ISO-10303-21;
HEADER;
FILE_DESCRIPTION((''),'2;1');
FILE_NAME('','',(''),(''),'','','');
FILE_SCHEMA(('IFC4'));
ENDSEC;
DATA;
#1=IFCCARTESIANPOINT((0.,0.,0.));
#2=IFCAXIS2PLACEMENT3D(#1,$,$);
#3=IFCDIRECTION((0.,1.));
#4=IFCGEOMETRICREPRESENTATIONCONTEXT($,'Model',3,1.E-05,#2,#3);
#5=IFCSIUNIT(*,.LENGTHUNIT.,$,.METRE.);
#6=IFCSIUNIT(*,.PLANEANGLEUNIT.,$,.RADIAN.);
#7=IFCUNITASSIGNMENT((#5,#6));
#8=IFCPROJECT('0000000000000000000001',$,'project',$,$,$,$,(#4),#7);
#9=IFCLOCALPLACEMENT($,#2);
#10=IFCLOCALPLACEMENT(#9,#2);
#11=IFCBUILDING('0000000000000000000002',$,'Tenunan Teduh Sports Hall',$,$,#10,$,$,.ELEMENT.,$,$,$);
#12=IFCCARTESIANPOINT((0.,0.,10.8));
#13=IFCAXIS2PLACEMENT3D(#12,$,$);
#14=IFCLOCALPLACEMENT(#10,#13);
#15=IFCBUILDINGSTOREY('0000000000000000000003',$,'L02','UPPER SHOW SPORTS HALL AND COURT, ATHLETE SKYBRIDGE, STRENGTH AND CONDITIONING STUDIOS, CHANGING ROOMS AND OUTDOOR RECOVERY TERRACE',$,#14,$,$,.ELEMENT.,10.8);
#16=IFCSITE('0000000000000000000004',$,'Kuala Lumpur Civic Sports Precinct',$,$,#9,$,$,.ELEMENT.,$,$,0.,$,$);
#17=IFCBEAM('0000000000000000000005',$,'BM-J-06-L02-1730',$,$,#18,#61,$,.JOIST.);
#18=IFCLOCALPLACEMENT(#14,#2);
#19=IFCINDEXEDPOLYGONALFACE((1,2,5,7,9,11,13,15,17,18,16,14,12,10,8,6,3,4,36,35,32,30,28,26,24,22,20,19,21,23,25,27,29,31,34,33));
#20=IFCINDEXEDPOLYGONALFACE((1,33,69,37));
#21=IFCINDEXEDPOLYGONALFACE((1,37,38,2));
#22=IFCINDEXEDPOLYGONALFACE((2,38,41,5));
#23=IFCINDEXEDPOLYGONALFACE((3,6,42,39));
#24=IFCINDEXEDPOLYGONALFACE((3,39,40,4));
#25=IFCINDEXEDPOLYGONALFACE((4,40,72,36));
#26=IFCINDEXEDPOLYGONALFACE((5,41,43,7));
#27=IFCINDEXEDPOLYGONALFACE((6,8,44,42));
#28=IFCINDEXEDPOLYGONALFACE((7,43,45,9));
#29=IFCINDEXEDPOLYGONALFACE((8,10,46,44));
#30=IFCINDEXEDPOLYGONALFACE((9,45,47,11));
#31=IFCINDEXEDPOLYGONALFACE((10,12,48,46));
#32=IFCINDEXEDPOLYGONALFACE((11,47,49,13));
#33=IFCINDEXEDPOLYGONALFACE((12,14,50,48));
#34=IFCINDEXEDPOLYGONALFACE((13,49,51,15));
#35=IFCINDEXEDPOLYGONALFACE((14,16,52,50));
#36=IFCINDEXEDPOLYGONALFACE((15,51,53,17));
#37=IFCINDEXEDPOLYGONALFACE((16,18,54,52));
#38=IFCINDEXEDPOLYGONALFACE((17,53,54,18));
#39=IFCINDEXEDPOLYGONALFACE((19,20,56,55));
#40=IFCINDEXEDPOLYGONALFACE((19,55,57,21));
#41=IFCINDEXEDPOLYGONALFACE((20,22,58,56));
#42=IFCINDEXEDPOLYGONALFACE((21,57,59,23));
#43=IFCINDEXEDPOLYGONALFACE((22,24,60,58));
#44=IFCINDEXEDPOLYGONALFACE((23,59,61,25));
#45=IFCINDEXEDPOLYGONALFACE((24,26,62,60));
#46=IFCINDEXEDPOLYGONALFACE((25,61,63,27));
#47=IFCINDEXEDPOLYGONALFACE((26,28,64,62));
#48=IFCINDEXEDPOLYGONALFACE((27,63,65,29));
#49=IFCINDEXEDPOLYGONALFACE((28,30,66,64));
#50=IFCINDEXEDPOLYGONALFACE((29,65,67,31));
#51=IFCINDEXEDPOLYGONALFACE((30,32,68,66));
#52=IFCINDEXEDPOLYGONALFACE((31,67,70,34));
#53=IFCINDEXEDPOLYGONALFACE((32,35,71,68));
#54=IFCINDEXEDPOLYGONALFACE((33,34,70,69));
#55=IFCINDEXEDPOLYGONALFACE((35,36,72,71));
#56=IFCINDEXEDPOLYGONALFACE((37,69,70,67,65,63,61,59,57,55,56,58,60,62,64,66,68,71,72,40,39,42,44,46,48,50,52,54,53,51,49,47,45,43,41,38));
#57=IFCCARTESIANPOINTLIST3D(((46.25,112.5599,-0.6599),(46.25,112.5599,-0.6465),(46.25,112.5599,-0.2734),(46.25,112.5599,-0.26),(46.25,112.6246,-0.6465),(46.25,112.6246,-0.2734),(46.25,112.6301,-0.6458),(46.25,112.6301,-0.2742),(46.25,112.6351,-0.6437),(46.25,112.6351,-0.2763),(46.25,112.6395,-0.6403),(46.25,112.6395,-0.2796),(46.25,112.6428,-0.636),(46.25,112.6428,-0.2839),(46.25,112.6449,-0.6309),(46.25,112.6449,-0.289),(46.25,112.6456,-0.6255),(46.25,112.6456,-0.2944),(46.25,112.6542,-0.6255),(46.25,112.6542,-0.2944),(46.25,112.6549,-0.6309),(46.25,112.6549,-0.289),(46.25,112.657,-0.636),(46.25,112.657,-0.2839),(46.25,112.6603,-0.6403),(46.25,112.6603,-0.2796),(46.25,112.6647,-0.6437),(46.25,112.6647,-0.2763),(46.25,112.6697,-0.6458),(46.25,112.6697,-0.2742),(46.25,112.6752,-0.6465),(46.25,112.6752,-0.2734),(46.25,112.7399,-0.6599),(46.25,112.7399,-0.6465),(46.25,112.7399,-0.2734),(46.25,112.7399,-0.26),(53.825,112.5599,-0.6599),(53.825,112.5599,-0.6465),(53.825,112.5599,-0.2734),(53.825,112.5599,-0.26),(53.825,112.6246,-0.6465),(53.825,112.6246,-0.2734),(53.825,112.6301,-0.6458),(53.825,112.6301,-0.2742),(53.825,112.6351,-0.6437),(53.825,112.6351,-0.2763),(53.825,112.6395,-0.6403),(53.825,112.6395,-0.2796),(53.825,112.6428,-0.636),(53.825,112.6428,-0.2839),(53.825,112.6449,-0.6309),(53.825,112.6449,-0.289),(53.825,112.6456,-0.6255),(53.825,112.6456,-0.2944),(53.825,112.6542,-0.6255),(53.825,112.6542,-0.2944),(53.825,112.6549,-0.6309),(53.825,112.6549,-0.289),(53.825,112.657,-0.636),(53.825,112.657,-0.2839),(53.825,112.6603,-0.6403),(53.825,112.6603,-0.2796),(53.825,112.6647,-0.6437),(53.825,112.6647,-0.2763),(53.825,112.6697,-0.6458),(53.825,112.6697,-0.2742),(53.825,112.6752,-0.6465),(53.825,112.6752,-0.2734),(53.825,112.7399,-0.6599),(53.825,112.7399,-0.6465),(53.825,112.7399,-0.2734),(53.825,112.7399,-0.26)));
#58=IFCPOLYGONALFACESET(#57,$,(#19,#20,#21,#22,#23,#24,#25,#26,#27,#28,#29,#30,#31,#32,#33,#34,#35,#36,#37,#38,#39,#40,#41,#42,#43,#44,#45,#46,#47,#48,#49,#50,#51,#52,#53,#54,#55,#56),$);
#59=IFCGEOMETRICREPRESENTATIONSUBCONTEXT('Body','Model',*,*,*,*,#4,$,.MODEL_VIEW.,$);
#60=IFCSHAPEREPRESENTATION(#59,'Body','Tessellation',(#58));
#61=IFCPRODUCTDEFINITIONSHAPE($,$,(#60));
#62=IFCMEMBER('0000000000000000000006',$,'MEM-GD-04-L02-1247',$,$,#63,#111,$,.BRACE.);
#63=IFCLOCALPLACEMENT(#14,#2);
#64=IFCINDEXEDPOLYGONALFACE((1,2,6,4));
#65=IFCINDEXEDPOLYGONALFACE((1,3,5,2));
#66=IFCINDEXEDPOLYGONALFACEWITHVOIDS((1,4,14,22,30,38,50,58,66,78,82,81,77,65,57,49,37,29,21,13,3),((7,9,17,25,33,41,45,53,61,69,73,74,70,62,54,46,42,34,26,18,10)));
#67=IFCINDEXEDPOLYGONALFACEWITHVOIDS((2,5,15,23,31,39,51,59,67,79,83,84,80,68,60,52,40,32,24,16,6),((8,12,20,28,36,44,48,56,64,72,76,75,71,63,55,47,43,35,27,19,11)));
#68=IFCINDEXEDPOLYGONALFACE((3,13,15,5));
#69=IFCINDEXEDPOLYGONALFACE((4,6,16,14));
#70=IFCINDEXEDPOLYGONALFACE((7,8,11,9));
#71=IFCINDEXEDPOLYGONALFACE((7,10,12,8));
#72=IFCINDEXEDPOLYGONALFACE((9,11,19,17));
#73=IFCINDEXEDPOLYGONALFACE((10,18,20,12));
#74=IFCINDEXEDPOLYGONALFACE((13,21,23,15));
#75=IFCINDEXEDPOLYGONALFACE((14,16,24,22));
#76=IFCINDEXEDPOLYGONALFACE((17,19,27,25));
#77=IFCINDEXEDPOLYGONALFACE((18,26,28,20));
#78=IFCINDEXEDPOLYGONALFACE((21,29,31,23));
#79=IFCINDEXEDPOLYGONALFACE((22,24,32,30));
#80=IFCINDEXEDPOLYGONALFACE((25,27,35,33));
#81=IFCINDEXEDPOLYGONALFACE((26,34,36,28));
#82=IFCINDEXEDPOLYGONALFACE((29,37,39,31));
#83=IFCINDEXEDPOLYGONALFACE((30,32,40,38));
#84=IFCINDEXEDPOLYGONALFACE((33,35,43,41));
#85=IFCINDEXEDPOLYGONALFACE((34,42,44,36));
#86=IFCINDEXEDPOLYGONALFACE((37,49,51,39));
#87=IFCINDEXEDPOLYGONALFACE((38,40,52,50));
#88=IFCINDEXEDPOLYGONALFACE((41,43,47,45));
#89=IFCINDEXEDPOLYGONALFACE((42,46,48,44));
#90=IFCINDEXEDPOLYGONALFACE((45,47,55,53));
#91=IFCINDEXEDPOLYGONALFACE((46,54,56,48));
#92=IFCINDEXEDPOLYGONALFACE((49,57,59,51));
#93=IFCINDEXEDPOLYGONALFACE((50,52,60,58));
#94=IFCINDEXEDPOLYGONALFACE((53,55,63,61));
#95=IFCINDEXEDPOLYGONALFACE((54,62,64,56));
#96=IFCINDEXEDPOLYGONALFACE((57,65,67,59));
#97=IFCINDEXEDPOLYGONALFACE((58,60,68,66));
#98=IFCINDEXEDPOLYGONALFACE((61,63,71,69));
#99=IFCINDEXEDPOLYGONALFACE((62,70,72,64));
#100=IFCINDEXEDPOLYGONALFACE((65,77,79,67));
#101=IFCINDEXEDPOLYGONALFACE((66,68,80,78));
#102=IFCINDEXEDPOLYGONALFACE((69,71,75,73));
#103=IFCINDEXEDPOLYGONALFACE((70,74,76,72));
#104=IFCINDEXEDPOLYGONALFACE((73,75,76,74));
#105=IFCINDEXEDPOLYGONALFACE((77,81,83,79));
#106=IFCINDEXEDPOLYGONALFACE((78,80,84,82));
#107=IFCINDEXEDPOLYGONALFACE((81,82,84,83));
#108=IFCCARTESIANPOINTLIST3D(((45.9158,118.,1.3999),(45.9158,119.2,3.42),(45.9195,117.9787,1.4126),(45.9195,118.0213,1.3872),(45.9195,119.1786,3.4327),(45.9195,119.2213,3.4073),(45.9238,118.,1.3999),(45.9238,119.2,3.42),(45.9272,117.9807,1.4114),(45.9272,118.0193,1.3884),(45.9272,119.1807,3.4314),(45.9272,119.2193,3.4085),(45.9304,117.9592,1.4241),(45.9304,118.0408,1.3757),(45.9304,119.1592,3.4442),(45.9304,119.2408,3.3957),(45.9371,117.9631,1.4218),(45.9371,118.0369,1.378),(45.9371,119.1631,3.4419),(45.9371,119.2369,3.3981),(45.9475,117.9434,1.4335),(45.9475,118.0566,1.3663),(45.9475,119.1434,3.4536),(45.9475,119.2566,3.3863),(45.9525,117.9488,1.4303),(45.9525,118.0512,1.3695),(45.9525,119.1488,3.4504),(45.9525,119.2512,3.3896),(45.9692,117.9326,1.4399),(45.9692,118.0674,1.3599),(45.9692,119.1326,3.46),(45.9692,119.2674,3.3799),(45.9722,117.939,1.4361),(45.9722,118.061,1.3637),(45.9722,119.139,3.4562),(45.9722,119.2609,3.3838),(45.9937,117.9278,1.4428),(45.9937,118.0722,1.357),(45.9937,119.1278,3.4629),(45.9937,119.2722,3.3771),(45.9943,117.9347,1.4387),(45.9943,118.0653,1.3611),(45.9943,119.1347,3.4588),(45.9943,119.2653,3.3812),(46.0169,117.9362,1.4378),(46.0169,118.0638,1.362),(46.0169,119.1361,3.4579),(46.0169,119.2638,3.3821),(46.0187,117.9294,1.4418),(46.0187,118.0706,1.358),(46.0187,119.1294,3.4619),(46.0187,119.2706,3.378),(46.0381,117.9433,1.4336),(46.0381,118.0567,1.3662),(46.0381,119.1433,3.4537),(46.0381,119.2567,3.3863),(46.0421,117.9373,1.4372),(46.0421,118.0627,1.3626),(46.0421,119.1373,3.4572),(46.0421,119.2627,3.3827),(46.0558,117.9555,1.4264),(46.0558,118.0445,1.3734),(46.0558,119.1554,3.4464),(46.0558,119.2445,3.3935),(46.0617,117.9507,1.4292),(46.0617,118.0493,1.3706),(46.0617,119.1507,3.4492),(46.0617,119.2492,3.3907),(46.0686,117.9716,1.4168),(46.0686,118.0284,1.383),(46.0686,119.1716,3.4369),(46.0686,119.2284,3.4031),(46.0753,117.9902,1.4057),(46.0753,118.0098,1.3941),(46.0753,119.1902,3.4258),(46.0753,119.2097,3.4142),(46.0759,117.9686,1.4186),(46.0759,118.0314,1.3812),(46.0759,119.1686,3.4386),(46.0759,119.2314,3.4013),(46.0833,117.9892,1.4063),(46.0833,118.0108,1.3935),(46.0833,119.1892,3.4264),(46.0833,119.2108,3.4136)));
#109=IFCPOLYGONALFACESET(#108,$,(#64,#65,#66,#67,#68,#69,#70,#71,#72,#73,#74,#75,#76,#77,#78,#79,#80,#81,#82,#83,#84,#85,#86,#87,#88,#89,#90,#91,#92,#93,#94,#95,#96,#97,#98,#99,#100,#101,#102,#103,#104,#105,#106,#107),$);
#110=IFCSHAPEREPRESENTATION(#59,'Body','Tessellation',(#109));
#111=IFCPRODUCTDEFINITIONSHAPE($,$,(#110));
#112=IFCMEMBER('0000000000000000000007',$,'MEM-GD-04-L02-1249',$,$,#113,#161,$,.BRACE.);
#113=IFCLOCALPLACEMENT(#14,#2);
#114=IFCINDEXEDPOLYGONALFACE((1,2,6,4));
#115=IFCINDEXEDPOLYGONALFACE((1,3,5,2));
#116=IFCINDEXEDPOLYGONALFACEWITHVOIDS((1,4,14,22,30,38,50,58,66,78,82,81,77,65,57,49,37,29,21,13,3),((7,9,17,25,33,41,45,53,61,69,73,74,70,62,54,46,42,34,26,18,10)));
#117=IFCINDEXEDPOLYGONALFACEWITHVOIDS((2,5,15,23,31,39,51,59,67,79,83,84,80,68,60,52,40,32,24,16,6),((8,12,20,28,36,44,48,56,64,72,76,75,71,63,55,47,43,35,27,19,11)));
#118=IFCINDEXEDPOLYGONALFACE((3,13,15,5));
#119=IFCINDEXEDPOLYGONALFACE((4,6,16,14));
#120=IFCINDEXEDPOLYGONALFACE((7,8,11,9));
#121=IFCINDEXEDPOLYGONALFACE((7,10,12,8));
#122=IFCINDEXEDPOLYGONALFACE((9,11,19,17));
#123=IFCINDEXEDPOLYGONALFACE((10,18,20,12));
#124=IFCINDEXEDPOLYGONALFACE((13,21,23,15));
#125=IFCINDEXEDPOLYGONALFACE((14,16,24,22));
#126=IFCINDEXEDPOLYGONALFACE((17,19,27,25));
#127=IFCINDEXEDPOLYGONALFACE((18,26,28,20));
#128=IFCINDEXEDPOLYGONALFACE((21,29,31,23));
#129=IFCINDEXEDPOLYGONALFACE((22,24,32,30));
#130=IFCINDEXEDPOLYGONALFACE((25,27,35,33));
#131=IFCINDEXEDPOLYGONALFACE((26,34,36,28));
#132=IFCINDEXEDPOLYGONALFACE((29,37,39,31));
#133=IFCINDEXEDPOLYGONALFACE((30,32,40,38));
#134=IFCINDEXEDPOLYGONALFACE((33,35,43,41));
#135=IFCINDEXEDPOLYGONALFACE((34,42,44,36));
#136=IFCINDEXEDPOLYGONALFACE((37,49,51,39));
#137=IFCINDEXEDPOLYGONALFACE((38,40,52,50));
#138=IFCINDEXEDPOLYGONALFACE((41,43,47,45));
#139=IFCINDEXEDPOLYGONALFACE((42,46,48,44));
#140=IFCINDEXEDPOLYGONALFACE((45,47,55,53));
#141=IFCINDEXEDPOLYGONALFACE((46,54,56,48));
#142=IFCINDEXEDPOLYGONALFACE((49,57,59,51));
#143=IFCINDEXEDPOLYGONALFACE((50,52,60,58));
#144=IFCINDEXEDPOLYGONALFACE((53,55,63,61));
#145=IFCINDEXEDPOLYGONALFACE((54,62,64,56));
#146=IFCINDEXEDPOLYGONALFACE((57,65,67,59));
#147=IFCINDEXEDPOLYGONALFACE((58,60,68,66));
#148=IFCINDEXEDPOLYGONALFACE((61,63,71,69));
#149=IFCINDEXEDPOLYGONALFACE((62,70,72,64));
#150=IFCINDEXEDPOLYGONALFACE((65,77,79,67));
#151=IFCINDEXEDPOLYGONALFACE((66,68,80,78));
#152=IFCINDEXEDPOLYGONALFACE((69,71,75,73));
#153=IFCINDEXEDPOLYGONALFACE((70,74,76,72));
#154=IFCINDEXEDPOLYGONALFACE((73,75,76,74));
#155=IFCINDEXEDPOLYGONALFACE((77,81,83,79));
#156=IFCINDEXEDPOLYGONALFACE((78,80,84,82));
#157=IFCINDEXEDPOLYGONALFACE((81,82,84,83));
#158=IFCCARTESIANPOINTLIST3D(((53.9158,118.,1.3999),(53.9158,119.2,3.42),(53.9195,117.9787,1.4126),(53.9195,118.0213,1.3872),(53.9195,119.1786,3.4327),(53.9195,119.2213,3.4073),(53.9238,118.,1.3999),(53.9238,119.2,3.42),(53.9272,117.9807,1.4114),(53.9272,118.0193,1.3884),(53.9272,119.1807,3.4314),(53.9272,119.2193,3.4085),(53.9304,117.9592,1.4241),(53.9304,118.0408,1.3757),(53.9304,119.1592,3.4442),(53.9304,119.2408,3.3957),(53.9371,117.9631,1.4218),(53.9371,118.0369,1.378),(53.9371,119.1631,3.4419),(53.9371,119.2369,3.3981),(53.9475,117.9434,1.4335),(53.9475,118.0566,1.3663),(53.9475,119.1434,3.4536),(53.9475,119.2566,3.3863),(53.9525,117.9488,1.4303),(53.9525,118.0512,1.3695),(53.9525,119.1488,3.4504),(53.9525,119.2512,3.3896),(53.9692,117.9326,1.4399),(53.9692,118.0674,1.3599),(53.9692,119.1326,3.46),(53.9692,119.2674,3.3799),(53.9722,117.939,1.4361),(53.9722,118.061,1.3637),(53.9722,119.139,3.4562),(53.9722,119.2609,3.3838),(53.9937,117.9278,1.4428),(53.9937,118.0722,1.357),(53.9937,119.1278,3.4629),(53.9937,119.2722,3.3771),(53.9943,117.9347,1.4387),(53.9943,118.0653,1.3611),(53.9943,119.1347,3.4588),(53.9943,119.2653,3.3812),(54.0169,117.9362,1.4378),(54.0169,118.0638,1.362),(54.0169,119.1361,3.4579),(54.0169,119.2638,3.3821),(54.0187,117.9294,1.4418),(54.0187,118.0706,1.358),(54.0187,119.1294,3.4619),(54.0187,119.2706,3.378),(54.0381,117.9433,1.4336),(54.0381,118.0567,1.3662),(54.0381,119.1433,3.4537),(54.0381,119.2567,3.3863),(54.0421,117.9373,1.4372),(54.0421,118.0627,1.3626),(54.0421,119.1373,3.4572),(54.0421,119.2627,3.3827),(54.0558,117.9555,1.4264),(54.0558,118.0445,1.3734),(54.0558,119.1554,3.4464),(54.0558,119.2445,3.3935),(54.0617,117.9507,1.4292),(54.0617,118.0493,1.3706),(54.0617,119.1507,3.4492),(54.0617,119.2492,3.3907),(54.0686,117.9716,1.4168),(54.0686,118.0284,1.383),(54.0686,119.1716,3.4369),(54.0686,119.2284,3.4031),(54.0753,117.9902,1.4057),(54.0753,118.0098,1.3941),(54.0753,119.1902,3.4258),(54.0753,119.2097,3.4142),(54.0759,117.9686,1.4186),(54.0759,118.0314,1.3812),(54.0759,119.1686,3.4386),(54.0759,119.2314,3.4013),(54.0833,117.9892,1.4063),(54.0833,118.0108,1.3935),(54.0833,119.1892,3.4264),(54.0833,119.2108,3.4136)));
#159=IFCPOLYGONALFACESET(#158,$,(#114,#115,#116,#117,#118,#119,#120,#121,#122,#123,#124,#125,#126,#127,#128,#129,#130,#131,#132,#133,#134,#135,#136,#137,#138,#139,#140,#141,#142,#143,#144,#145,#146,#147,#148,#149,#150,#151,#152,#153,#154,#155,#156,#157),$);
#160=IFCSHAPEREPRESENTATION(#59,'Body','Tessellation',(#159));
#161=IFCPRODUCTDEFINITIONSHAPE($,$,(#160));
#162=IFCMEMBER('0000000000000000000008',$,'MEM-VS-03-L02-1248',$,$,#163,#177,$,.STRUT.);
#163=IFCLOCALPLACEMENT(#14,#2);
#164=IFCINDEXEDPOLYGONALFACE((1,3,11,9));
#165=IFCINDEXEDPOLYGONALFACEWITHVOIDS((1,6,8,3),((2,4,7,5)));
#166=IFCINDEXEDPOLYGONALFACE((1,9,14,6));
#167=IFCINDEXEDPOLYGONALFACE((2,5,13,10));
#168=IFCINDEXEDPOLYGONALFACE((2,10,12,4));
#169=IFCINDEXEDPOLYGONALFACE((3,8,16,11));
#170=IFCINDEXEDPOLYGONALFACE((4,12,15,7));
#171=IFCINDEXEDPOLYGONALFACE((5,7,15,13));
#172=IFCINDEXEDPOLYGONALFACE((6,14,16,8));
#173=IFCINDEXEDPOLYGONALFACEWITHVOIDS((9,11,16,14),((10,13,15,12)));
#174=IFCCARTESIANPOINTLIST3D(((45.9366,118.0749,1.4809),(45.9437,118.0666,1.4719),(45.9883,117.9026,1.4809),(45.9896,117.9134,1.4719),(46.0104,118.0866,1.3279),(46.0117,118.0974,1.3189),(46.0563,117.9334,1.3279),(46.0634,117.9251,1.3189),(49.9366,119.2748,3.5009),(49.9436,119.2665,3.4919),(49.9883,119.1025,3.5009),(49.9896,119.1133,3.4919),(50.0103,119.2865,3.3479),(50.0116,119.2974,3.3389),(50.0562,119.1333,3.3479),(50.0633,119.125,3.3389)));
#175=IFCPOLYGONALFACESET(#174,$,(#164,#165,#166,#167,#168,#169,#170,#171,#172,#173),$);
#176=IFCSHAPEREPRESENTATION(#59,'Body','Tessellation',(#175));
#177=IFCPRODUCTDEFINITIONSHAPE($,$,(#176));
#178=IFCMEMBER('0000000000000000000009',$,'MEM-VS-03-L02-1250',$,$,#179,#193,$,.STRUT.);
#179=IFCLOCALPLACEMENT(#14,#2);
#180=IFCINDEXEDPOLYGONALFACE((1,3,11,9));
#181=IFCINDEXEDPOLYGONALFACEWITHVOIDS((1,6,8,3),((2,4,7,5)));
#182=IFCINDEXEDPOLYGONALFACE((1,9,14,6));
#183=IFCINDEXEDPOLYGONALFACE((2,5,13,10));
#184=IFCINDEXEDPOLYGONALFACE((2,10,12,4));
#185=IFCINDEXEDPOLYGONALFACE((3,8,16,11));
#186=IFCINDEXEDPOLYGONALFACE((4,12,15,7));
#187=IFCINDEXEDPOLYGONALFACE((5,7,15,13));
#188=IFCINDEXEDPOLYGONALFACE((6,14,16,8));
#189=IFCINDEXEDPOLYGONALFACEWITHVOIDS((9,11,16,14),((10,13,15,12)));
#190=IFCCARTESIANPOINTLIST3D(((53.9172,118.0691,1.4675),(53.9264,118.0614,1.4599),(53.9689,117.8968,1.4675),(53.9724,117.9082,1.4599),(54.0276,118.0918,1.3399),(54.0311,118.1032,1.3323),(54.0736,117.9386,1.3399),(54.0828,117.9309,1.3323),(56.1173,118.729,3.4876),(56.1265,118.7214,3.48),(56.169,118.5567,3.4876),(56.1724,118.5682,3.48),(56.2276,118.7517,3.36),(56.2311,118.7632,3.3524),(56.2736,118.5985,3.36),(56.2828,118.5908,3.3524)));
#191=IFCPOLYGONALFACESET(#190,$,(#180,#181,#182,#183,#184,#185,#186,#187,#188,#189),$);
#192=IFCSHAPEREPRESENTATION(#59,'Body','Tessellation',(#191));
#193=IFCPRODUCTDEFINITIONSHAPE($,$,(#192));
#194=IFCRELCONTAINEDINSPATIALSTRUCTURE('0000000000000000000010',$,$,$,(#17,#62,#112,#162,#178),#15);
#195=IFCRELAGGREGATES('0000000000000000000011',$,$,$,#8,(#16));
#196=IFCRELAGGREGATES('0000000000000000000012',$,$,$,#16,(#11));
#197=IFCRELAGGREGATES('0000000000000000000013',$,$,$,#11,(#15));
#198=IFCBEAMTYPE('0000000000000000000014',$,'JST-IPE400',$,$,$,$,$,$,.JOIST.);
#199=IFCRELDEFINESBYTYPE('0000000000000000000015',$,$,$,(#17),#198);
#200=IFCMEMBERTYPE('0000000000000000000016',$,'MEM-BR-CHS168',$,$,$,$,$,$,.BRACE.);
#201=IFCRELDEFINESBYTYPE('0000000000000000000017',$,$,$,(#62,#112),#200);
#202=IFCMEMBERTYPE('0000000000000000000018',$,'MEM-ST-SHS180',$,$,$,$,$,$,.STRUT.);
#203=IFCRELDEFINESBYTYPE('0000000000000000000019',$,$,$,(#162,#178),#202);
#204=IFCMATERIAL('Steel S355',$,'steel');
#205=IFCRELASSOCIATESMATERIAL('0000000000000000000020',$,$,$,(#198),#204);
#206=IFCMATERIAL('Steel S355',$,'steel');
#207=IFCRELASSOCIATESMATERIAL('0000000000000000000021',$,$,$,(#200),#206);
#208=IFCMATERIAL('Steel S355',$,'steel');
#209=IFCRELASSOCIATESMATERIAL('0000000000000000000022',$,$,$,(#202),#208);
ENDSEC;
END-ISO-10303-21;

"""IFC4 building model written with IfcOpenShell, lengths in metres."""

from ifc_helpers import new_model, si_unit, direction, frame, origin, origin_2d, place, context, subcontext, project, spatial, hollow_rectangle, hollow_circle, i_section, extrude, material, material_profile, profile_set, type_object, element, save


model = new_model("IFC4")

# Units and contexts
model_context = context("Model", 3, precision=1e-05, world=origin(), true_north=direction((0.0, 1.0)))
body_context = subcontext(model_context, "Body", "Model", "MODEL_VIEW")
ifc_project = project(units=[si_unit("LENGTHUNIT", "METRE"), si_unit("PLANEANGLEUNIT", "RADIAN")], contexts=[model_context])

# Site, building, storey
site_placement = place(None, origin())
site = spatial("IfcSite", under=ifc_project, at=site_placement, Name="Kuala Lumpur Civic Sports Precinct", CompositionType="ELEMENT", RefElevation=0.0)
building_placement = place(site_placement, origin())
building = spatial("IfcBuilding", under=site, at=building_placement, Name="Tenunan Teduh Sports Hall", CompositionType="ELEMENT")
storey_placement = place(building_placement, frame((0.0, 0.0, 10.8)))
storey = spatial("IfcBuildingStorey", under=building, at=storey_placement, Name="L02", Description="UPPER SHOW SPORTS HALL AND COURT, ATHLETE SKYBRIDGE, STRENGTH AND CONDITIONING STUDIOS, CHANGING ROOMS AND OUTDOOR RECOVERY TERRACE", CompositionType="ELEMENT", Elevation=10.8)

# Beam
ifc_material_1 = material(Name="Steel S355", Category="steel")
ifc_material_profile_1 = material_profile(ifc_material_1, i_section(OverallWidth=0.1799, OverallDepth=0.3999, WebThickness=0.0085, FlangeThickness=0.0134, FilletRadius=0.021, at=origin_2d()), Name="IPE 400")
ifc_profile_set_1 = profile_set([ifc_material_profile_1], Name="Steel S355")
beam_type_1 = type_object("IfcBeamType", Name="JST-IPE400", PredefinedType="JOIST", material=ifc_profile_set_1)
beam_1_placement = place(storey_placement, frame((46.25, 112.6499, -0.46), z_axis=(1.0, 0.0, 0.0), x_axis=(0.0, 1.0, 0.0)))
element("IfcBeam", 1, at=beam_1_placement, inside=storey, type_object=beam_type_1, Name="BM-J-06-L02-1730", PredefinedType="JOIST", context=body_context, shape_type="SweptSolid", body=[
    extrude(i_section(OverallWidth=0.1799, OverallDepth=0.3999, WebThickness=0.0085, FlangeThickness=0.0134, FilletRadius=0.021, at=origin_2d()), origin(), (0.0, 0.0, 1.0), 7.575),
])

# Members
ifc_material_2 = material(Name="Steel S355", Category="steel")
ifc_material_profile_2 = material_profile(ifc_material_2, hollow_circle(Radius=0.0842, WallThickness=0.0081, at=origin_2d()), Name="CHS 168.3x8.0")
ifc_profile_set_2 = profile_set([ifc_material_profile_2], Name="Steel S355")
member_type_1 = type_object("IfcMemberType", Name="MEM-BR-CHS168", PredefinedType="BRACE", material=ifc_profile_set_2)
for number, where, z_axis, x_axis, name in (
    (2, (46.0, 118.0, 1.3999), (0.0, 0.510716, 0.859749), (-1.0, 0.0, 0.0), "MEM-GD-04-L02-1247"),
    (3, (54.0, 118.0, 1.3999), (0.0, 0.510716, 0.859749), (-1.0, 0.0, 0.0), "MEM-GD-04-L02-1249"),
):
    element("IfcMember", number, at=place(storey_placement, frame(where, z_axis=z_axis, x_axis=x_axis)), inside=storey, type_object=member_type_1, Name=name, PredefinedType="BRACE", context=body_context, shape_type="SweptSolid", body=[
        extrude(hollow_circle(Radius=0.0842, WallThickness=0.0081, at=origin_2d()), origin(), (0.0, 0.0, 1.0), 2.3496),
    ])
ifc_material_3 = material(Name="Steel S355", Category="steel")
ifc_material_profile_3 = material_profile(ifc_material_3, hollow_rectangle(XDim=0.1799, YDim=0.1799, WallThickness=0.01, at=origin_2d()), Name="SHS 180x180x10.0")
ifc_profile_set_3 = profile_set([ifc_material_profile_3], Name="Steel S355")
member_type_2 = type_object("IfcMemberType", Name="MEM-ST-SHS180", PredefinedType="STRUT", material=ifc_profile_set_3)
member_1_placement = place(storey_placement, frame((46.0, 118.0, 1.3999), z_axis=(0.862254, 0.258666, 0.435442), x_axis=(-0.287337, 0.95783, 0.0)))
element("IfcMember", 4, at=member_1_placement, inside=storey, type_object=member_type_2, Name="MEM-VS-03-L02-1248", PredefinedType="STRUT", context=body_context, shape_type="SweptSolid", body=[
    extrude(hollow_rectangle(XDim=0.1799, YDim=0.1799, WallThickness=0.01, at=origin_2d()), origin(), (0.0, 0.0, 1.0), 4.6389),
])
member_2_placement = place(storey_placement, frame((54.0, 118.0, 1.3999), z_axis=(0.71924, 0.215748, 0.660414), x_axis=(-0.287319, 0.957835, 0.0)))
element("IfcMember", 5, at=member_2_placement, inside=storey, type_object=member_type_2, Name="MEM-VS-03-L02-1250", PredefinedType="STRUT", context=body_context, shape_type="SweptSolid", body=[
    extrude(hollow_rectangle(XDim=0.1799, YDim=0.1799, WallThickness=0.01, at=origin_2d()), origin(), (0.0, 0.0, 1.0), 3.0588),
])

save(model, "model.ifc")
